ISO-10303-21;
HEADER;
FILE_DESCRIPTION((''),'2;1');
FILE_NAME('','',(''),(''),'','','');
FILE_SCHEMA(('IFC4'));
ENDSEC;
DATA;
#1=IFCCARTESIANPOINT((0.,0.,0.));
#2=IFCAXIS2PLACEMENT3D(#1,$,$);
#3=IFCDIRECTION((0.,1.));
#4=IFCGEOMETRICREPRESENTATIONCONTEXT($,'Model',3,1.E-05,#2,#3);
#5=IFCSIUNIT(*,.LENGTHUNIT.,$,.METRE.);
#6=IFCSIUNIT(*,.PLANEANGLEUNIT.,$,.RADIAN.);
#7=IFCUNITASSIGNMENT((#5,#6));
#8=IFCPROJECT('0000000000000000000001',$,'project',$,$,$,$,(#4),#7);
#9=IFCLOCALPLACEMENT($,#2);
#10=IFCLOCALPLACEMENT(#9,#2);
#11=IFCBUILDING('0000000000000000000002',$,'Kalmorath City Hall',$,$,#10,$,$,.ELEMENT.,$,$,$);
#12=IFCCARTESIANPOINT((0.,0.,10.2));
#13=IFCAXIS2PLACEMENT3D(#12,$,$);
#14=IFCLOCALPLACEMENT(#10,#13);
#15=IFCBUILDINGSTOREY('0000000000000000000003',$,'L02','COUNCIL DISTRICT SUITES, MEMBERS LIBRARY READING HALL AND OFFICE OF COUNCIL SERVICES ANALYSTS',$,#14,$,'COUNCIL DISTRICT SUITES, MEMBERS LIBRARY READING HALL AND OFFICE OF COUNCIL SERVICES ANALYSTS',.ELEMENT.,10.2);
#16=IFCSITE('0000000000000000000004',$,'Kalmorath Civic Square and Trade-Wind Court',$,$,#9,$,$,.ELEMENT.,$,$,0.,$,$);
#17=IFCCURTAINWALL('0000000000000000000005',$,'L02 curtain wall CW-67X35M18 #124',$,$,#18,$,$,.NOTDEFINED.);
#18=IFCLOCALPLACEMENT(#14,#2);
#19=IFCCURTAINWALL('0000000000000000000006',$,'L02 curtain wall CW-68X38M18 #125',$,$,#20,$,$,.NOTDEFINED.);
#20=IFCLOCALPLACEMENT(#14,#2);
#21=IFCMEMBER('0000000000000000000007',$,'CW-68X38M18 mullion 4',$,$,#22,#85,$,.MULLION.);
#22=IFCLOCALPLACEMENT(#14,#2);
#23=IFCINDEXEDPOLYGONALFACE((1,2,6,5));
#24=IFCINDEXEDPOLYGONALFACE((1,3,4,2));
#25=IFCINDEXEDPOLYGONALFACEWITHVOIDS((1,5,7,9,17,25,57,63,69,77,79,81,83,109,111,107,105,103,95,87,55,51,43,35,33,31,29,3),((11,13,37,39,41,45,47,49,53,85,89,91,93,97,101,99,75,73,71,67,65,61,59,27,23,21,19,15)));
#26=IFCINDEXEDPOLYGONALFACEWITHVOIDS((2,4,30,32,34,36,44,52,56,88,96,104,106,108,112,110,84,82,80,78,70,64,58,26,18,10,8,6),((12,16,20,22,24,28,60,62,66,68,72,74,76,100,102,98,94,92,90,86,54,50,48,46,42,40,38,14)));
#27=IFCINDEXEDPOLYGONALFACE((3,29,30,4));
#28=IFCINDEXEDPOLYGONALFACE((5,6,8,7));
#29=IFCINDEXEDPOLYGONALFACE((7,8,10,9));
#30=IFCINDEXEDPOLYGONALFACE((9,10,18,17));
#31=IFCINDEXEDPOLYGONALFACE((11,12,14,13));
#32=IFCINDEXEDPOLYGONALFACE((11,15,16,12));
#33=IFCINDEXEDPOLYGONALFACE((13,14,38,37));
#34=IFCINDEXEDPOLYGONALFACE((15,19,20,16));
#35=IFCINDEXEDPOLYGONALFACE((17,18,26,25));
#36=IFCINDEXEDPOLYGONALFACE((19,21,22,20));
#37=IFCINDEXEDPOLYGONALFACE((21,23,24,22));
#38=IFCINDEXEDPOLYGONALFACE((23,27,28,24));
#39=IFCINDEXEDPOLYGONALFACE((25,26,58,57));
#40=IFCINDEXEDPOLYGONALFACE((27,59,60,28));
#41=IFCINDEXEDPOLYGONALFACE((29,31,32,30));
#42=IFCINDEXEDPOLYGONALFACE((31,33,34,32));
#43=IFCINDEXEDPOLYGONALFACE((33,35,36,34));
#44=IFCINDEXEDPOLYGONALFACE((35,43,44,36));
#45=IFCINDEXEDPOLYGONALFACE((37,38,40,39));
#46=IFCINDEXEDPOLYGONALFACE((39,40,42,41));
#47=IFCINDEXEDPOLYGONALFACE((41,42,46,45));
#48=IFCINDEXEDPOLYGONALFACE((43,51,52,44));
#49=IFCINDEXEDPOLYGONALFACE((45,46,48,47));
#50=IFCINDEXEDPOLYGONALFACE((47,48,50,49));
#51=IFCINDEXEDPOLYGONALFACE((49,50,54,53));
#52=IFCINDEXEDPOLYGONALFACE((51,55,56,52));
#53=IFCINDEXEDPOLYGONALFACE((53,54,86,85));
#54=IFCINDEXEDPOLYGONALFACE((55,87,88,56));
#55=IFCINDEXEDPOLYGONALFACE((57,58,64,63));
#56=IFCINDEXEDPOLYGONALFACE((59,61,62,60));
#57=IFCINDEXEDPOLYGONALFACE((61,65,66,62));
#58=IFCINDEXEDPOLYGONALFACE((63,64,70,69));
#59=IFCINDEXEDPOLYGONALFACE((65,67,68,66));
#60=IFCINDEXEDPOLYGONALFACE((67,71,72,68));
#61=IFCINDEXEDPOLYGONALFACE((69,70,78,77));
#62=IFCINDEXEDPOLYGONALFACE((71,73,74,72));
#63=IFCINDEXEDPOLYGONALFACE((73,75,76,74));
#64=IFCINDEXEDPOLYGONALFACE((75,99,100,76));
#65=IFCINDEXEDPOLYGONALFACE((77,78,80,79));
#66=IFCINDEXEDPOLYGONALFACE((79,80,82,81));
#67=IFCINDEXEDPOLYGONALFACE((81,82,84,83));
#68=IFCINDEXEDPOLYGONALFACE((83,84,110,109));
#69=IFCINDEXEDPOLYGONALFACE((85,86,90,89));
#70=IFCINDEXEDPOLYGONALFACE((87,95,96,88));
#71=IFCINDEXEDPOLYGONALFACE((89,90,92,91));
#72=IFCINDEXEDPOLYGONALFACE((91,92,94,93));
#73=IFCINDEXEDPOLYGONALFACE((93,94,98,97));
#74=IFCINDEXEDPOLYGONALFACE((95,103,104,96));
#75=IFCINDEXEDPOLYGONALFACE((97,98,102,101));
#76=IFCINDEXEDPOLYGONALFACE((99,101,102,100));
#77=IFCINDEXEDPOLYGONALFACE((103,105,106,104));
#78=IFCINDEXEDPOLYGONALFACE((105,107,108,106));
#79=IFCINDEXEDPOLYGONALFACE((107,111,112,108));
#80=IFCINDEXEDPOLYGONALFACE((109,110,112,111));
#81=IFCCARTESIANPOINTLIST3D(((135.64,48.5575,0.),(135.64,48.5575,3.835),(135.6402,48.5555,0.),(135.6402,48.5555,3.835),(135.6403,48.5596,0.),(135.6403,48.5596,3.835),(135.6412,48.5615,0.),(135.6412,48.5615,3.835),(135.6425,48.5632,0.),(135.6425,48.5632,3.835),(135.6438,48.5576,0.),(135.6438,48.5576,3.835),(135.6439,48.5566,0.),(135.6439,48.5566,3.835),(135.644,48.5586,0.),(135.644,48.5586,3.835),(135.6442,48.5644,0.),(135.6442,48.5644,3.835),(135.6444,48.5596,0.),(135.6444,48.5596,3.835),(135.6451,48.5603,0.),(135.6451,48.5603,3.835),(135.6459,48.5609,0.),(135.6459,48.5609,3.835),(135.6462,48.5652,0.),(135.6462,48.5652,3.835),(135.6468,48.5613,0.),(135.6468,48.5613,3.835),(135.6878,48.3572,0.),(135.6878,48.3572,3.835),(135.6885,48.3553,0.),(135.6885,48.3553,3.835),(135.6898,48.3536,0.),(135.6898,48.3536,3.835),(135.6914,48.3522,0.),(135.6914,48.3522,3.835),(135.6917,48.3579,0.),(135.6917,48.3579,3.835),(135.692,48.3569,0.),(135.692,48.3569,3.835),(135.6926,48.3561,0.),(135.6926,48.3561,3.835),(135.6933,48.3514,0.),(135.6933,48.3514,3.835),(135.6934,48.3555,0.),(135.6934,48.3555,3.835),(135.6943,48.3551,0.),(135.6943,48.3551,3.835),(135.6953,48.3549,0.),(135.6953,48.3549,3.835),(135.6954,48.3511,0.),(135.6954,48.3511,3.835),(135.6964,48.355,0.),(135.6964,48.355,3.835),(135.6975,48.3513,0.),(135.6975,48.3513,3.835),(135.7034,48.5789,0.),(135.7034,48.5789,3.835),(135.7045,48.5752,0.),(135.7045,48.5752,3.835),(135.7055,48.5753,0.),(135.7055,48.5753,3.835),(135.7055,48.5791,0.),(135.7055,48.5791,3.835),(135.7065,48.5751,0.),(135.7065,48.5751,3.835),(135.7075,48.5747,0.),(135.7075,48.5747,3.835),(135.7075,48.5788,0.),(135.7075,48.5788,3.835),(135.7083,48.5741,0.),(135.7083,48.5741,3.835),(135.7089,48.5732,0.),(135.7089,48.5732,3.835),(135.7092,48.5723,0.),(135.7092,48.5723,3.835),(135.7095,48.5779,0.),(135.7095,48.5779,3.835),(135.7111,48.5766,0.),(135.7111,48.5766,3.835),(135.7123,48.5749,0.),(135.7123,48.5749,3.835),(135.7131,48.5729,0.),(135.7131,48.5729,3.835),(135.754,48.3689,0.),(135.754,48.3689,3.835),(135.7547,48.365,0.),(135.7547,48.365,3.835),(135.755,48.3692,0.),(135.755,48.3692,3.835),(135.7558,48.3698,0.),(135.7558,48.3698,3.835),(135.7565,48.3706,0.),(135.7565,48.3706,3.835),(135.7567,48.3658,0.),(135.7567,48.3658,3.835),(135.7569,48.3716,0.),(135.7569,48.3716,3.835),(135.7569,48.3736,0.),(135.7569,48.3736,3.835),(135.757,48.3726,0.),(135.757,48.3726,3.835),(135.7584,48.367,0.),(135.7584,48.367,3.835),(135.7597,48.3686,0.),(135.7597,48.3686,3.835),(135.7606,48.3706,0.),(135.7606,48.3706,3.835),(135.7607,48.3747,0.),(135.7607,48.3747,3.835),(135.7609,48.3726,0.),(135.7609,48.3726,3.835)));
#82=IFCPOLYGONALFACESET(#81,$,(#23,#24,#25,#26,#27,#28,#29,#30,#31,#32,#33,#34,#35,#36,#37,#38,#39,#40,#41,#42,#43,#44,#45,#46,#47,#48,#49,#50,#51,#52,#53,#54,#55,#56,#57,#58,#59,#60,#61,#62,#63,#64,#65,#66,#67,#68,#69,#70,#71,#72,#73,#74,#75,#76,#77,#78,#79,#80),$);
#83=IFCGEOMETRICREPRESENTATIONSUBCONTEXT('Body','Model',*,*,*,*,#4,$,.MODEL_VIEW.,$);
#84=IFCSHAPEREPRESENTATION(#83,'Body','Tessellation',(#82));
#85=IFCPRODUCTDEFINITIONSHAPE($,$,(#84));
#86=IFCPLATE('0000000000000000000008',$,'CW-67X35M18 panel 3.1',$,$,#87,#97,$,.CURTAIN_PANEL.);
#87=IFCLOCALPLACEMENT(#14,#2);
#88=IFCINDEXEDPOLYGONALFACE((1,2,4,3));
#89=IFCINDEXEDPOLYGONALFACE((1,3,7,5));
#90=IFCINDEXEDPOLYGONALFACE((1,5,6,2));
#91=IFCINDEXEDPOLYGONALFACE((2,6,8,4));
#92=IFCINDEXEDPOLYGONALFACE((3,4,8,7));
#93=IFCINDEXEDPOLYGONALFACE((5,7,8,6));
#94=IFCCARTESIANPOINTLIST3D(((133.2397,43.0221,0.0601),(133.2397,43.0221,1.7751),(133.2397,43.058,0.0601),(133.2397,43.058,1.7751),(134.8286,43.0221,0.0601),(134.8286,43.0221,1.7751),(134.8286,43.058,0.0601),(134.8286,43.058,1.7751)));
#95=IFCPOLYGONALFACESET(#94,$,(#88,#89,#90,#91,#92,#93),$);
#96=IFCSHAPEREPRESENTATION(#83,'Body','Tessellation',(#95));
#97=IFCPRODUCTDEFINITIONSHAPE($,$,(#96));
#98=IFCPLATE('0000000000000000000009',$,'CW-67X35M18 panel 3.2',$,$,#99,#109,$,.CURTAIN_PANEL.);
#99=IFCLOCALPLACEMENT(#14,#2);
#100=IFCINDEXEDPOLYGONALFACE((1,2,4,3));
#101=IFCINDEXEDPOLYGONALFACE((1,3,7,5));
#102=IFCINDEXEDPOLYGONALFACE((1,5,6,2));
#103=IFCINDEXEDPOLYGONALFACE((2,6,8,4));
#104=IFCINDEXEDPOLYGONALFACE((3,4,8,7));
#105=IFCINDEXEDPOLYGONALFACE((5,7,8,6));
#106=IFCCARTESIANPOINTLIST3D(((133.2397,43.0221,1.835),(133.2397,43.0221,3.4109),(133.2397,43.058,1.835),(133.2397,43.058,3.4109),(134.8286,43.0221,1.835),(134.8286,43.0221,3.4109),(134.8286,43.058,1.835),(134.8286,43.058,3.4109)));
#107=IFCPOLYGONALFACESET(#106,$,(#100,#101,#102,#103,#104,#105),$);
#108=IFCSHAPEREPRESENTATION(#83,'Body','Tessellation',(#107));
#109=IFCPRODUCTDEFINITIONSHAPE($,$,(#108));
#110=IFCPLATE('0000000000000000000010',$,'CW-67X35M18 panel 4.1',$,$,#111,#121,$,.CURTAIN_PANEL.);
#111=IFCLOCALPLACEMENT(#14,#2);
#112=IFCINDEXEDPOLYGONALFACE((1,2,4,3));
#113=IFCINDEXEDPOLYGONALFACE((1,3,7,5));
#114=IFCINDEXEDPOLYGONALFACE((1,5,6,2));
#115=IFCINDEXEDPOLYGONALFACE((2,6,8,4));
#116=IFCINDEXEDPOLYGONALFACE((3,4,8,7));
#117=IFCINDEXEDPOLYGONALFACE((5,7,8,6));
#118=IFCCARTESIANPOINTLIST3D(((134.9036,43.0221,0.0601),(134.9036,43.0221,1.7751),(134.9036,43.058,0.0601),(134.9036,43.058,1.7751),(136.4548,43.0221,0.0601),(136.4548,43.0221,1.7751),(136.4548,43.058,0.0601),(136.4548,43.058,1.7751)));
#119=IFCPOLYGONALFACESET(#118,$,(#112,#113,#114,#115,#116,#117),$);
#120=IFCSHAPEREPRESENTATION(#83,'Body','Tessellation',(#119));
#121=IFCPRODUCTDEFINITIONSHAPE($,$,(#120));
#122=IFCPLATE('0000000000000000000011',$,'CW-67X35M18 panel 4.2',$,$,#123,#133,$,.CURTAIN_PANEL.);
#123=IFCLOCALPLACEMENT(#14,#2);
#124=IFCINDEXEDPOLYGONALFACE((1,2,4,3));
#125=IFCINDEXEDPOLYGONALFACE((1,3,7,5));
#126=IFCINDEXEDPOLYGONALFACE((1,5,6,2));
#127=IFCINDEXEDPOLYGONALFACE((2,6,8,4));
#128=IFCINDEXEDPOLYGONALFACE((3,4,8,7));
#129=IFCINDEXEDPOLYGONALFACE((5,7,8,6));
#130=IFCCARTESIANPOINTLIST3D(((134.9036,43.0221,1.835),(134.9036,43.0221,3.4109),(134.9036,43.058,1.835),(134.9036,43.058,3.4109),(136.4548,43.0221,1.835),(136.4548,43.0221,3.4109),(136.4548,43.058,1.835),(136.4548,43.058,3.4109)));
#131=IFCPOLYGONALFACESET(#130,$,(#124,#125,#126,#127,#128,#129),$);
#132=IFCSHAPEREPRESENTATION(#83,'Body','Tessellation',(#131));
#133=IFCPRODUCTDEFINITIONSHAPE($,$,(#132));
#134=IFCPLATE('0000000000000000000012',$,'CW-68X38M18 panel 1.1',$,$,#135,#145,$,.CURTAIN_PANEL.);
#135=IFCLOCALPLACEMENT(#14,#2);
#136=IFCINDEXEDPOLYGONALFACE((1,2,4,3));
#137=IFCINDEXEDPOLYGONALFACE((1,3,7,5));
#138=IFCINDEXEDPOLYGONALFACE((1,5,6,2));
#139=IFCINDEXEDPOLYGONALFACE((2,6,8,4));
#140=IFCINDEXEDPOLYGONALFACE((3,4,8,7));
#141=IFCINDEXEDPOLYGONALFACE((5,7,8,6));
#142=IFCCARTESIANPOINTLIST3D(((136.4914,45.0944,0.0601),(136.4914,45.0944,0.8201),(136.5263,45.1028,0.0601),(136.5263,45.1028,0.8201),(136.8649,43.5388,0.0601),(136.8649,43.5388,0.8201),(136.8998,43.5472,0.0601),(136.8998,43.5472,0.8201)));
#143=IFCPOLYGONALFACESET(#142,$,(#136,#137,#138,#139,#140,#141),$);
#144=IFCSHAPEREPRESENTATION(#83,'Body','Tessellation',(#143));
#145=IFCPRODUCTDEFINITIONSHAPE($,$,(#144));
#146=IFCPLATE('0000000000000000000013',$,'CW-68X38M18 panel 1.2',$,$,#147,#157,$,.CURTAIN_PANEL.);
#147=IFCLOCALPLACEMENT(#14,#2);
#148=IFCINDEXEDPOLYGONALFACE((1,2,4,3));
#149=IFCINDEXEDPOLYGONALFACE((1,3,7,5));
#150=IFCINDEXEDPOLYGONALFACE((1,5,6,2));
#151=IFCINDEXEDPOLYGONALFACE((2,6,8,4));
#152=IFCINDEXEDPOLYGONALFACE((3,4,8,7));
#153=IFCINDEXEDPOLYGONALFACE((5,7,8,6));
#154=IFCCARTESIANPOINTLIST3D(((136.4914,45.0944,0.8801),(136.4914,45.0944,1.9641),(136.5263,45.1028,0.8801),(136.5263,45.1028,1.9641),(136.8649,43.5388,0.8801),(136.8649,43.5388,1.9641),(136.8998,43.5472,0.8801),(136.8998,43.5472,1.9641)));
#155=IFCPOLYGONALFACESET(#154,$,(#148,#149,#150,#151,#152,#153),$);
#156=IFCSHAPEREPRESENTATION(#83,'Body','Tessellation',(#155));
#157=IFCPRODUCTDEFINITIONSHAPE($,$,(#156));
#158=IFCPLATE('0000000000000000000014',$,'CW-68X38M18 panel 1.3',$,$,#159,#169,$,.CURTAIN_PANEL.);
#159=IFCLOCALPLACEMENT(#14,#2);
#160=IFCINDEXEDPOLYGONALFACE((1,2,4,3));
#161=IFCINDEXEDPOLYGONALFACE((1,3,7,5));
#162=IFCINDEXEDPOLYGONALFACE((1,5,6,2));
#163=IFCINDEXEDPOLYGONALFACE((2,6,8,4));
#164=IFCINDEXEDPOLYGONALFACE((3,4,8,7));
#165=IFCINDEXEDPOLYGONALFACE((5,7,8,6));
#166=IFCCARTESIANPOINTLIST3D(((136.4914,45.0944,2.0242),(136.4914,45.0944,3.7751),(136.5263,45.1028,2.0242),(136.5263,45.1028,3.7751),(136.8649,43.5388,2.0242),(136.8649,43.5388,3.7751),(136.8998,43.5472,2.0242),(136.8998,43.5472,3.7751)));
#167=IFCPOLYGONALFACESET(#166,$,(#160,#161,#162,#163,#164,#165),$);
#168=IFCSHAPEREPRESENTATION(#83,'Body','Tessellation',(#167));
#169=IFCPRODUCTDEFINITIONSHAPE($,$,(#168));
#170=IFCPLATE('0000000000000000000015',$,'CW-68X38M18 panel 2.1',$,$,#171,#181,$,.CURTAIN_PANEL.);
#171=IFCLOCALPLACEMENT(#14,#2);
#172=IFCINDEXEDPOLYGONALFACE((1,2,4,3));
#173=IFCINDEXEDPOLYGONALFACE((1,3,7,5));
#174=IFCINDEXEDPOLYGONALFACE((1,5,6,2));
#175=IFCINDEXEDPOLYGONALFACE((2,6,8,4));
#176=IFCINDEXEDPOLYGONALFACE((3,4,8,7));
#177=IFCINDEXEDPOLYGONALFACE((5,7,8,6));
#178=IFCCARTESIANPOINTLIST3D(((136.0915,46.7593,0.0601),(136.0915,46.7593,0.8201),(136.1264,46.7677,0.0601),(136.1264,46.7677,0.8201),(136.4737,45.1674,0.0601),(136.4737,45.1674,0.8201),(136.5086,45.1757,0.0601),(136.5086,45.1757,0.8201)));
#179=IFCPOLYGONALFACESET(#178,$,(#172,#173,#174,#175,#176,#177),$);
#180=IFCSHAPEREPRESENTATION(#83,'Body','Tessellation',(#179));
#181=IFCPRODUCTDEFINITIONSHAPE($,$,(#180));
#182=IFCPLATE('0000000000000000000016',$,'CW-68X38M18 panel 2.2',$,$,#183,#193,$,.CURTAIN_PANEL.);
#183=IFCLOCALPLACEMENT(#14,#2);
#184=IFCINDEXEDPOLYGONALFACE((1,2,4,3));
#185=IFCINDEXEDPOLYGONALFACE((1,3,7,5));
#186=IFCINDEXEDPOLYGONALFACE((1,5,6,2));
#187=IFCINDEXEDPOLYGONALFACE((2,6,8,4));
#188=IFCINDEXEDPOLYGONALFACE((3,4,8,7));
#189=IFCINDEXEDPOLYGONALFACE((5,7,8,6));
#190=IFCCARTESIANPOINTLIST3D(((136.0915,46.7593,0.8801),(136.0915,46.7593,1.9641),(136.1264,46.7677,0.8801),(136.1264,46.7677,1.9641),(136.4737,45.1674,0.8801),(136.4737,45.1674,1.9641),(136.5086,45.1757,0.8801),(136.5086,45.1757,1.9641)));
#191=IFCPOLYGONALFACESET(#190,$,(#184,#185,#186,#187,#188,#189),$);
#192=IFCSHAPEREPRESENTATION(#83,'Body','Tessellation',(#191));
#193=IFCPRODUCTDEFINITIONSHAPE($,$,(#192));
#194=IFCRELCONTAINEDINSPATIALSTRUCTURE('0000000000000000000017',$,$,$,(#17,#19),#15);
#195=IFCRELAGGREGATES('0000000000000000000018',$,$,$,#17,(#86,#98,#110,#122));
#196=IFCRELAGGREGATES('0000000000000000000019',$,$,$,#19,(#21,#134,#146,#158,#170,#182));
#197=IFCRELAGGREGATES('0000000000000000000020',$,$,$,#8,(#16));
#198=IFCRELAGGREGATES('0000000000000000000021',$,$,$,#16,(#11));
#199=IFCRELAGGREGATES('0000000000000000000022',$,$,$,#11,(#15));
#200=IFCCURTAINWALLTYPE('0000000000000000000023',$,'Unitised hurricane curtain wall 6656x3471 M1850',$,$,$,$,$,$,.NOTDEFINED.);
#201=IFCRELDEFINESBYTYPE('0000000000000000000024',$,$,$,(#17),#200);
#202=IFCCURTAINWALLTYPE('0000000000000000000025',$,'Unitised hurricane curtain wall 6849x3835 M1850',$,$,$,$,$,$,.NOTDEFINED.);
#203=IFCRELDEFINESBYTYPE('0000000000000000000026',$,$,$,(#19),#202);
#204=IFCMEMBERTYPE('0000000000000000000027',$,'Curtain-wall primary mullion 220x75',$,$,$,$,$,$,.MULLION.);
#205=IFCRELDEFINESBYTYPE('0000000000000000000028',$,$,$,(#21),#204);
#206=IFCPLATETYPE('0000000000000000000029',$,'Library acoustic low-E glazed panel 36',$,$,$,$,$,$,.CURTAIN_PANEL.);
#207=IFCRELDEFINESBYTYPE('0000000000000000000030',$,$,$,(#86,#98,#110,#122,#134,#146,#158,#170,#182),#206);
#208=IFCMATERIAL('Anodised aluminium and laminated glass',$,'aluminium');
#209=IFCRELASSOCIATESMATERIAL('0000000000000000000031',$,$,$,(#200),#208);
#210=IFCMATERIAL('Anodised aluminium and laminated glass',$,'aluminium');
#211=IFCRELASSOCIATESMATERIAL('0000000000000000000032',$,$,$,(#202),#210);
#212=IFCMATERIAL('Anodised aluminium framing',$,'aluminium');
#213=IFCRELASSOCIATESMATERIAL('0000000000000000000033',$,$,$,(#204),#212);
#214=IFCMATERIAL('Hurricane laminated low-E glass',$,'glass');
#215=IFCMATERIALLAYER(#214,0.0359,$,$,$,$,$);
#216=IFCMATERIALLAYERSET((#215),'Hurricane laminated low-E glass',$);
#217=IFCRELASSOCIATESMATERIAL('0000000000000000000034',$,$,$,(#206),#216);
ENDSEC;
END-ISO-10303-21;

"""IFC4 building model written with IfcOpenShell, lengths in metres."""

from ifc_helpers import new_model, si_unit, direction, frame, origin, origin_2d, place, context, subcontext, project, spatial, rectangle, hollow_rectangle, extrude, material, layer, layer_set, material_profile, profile_set, type_object, element, aggregate, save


model = new_model("IFC4")

# Units and contexts
model_context = context("Model", 3, precision=1e-05, world=origin(), true_north=direction((0.0, 1.0)))
body_context = subcontext(model_context, "Body", "Model", "MODEL_VIEW")
ifc_project = project(units=[si_unit("LENGTHUNIT", "METRE"), si_unit("PLANEANGLEUNIT", "RADIAN")], contexts=[model_context])

# Site, building, storey
site_placement = place(None, origin())
site = spatial("IfcSite", under=ifc_project, at=site_placement, Name="Kalmorath Civic Square and Trade-Wind Court", CompositionType="ELEMENT", RefElevation=0.0)
building_placement = place(site_placement, origin())
building = spatial("IfcBuilding", under=site, at=building_placement, Name="Kalmorath City Hall", CompositionType="ELEMENT")
storey_placement = place(building_placement, frame((0.0, 0.0, 10.2)))
storey = spatial("IfcBuildingStorey", under=building, at=storey_placement, Name="L02", Description="COUNCIL DISTRICT SUITES, MEMBERS LIBRARY READING HALL AND OFFICE OF COUNCIL SERVICES ANALYSTS", LongName="COUNCIL DISTRICT SUITES, MEMBERS LIBRARY READING HALL AND OFFICE OF COUNCIL SERVICES ANALYSTS", CompositionType="ELEMENT", Elevation=10.2)

# Curtain walls
ifc_material_1 = material(Name="Anodised aluminium and laminated glass", Category="aluminium")
curtain_wall_type_1 = type_object("IfcCurtainWallType", Name="Unitised hurricane curtain wall 6656x3471 M1850", PredefinedType="NOTDEFINED", material=ifc_material_1)
curtain_wall_1_placement = place(storey_placement, origin())
curtain_wall_1 = element("IfcCurtainWall", 1, at=curtain_wall_1_placement, inside=storey, type_object=curtain_wall_type_1, Name="L02 curtain wall CW-67X35M18 #124", PredefinedType="NOTDEFINED")
ifc_material_2 = material(Name="Anodised aluminium and laminated glass", Category="aluminium")
curtain_wall_type_2 = type_object("IfcCurtainWallType", Name="Unitised hurricane curtain wall 6849x3835 M1850", PredefinedType="NOTDEFINED", material=ifc_material_2)
curtain_wall_2_placement = place(storey_placement, origin())
curtain_wall_2 = element("IfcCurtainWall", 2, at=curtain_wall_2_placement, inside=storey, type_object=curtain_wall_type_2, Name="L02 curtain wall CW-68X38M18 #125", PredefinedType="NOTDEFINED")

# Member
ifc_material_3 = material(Name="Anodised aluminium framing", Category="aluminium")
ifc_material_profile_1 = material_profile(ifc_material_3, hollow_rectangle(XDim=0.075, YDim=0.22, WallThickness=0.0039, InnerFilletRadius=0.0039, OuterFilletRadius=0.0081, at=origin_2d()), Name="ALU-MUL-220X75X4")
ifc_profile_set_1 = profile_set([ifc_material_profile_1], Name="Anodised aluminium framing")
member_type_1 = type_object("IfcMemberType", Name="Curtain-wall primary mullion 220x75", PredefinedType="MULLION", material=ifc_profile_set_1)
member_1_placement = place(storey_placement, frame((135.7004, 48.4651, 0.0), z_axis=(0.0, 0.0, 1.0), x_axis=(-0.972367, -0.233456, 0.0)))
member_1 = element("IfcMember", 3, at=member_1_placement, type_object=member_type_1, Name="CW-68X38M18 mullion 4", PredefinedType="MULLION", context=body_context, shape_type="SweptSolid", body=[
    extrude(hollow_rectangle(XDim=0.075, YDim=0.22, WallThickness=0.0039, InnerFilletRadius=0.0039, OuterFilletRadius=0.0081, at=origin_2d()), origin(), (0.0, 0.0, 1.0), 3.835),
])

# Plates
ifc_material_4 = material(Name="Hurricane laminated low-E glass", Category="glass")
ifc_layer_1 = layer(ifc_material_4, 0.0359)
ifc_layer_set_1 = layer_set([ifc_layer_1], Name="Hurricane laminated low-E glass")
plate_type = type_object("IfcPlateType", Name="Library acoustic low-E glazed panel 36", PredefinedType="CURTAIN_PANEL", material=ifc_layer_set_1)
plate_1_placement = place(storey_placement, frame((134.0342, 43.04, 0.0601), z_axis=(0.0, 0.0, 1.0), x_axis=(1.0, 0.0, 0.0)))
plate_1 = element("IfcPlate", 4, at=plate_1_placement, type_object=plate_type, Name="CW-67X35M18 panel 3.1", PredefinedType="CURTAIN_PANEL", context=body_context, shape_type="SweptSolid", body=[
    extrude(rectangle(XDim=1.5889, YDim=0.0359, at=origin_2d()), origin(), (0.0, 0.0, 1.0), 1.7151),
])
plate_2_placement = place(storey_placement, frame((134.0342, 43.04, 1.835), z_axis=(0.0, 0.0, 1.0), x_axis=(1.0, 0.0, 0.0)))
plate_2 = element("IfcPlate", 5, at=plate_2_placement, type_object=plate_type, Name="CW-67X35M18 panel 3.2", PredefinedType="CURTAIN_PANEL", context=body_context, shape_type="SweptSolid", body=[
    extrude(rectangle(XDim=1.5889, YDim=0.0359, at=origin_2d()), origin(), (0.0, 0.0, 1.0), 1.5759),
])
plate_3_placement = place(storey_placement, frame((135.6792, 43.04, 0.0601), z_axis=(0.0, 0.0, 1.0), x_axis=(1.0, 0.0, 0.0)))
plate_3 = element("IfcPlate", 6, at=plate_3_placement, type_object=plate_type, Name="CW-67X35M18 panel 4.1", PredefinedType="CURTAIN_PANEL", context=body_context, shape_type="SweptSolid", body=[
    extrude(rectangle(XDim=1.5513, YDim=0.0359, at=origin_2d()), origin(), (0.0, 0.0, 1.0), 1.7151),
])
plate_4_placement = place(storey_placement, frame((135.6792, 43.04, 1.835), z_axis=(0.0, 0.0, 1.0), x_axis=(1.0, 0.0, 0.0)))
plate_4 = element("IfcPlate", 7, at=plate_4_placement, type_object=plate_type, Name="CW-67X35M18 panel 4.2", PredefinedType="CURTAIN_PANEL", context=body_context, shape_type="SweptSolid", body=[
    extrude(rectangle(XDim=1.5513, YDim=0.0359, at=origin_2d()), origin(), (0.0, 0.0, 1.0), 1.5759),
])
aggregate(curtain_wall_1, [plate_1, plate_2, plate_3, plate_4])
plate_5_placement = place(storey_placement, frame((136.6956, 44.3208, 0.0601), z_axis=(0.0, 0.0, 1.0), x_axis=(-0.233456, 0.972367, 0.0)))
plate_5 = element("IfcPlate", 8, at=plate_5_placement, type_object=plate_type, Name="CW-68X38M18 panel 1.1", PredefinedType="CURTAIN_PANEL", context=body_context, shape_type="SweptSolid", body=[
    extrude(rectangle(XDim=1.5999, YDim=0.0359, at=origin_2d()), origin(), (0.0, 0.0, 1.0), 0.76),
])
plate_6_placement = place(storey_placement, frame((136.6956, 44.3208, 0.8801), z_axis=(0.0, 0.0, 1.0), x_axis=(-0.233456, 0.972367, 0.0)))
plate_6 = element("IfcPlate", 9, at=plate_6_placement, type_object=plate_type, Name="CW-68X38M18 panel 1.2", PredefinedType="CURTAIN_PANEL", context=body_context, shape_type="SweptSolid", body=[
    extrude(rectangle(XDim=1.5999, YDim=0.0359, at=origin_2d()), origin(), (0.0, 0.0, 1.0), 1.084),
])
plate_7_placement = place(storey_placement, frame((136.6956, 44.3208, 2.0242), z_axis=(0.0, 0.0, 1.0), x_axis=(-0.233456, 0.972367, 0.0)))
plate_7 = element("IfcPlate", 10, at=plate_7_placement, type_object=plate_type, Name="CW-68X38M18 panel 1.3", PredefinedType="CURTAIN_PANEL", context=body_context, shape_type="SweptSolid", body=[
    extrude(rectangle(XDim=1.5999, YDim=0.0359, at=origin_2d()), origin(), (0.0, 0.0, 1.0), 1.751),
])
plate_8_placement = place(storey_placement, frame((136.3, 45.9675, 0.0601), z_axis=(0.0, 0.0, 1.0), x_axis=(-0.233456, 0.972367, 0.0)))
plate_8 = element("IfcPlate", 11, at=plate_8_placement, type_object=plate_type, Name="CW-68X38M18 panel 2.1", PredefinedType="CURTAIN_PANEL", context=body_context, shape_type="SweptSolid", body=[
    extrude(rectangle(XDim=1.6372, YDim=0.0359, at=origin_2d()), origin(), (0.0, 0.0, 1.0), 0.76),
])
plate_9_placement = place(storey_placement, frame((136.3, 45.9675, 0.8801), z_axis=(0.0, 0.0, 1.0), x_axis=(-0.233456, 0.972367, 0.0)))
plate_9 = element("IfcPlate", 12, at=plate_9_placement, type_object=plate_type, Name="CW-68X38M18 panel 2.2", PredefinedType="CURTAIN_PANEL", context=body_context, shape_type="SweptSolid", body=[
    extrude(rectangle(XDim=1.6372, YDim=0.0359, at=origin_2d()), origin(), (0.0, 0.0, 1.0), 1.084),
])
aggregate(curtain_wall_2, [member_1, plate_5, plate_6, plate_7, plate_8, plate_9])

save(model, "model.ifc")
